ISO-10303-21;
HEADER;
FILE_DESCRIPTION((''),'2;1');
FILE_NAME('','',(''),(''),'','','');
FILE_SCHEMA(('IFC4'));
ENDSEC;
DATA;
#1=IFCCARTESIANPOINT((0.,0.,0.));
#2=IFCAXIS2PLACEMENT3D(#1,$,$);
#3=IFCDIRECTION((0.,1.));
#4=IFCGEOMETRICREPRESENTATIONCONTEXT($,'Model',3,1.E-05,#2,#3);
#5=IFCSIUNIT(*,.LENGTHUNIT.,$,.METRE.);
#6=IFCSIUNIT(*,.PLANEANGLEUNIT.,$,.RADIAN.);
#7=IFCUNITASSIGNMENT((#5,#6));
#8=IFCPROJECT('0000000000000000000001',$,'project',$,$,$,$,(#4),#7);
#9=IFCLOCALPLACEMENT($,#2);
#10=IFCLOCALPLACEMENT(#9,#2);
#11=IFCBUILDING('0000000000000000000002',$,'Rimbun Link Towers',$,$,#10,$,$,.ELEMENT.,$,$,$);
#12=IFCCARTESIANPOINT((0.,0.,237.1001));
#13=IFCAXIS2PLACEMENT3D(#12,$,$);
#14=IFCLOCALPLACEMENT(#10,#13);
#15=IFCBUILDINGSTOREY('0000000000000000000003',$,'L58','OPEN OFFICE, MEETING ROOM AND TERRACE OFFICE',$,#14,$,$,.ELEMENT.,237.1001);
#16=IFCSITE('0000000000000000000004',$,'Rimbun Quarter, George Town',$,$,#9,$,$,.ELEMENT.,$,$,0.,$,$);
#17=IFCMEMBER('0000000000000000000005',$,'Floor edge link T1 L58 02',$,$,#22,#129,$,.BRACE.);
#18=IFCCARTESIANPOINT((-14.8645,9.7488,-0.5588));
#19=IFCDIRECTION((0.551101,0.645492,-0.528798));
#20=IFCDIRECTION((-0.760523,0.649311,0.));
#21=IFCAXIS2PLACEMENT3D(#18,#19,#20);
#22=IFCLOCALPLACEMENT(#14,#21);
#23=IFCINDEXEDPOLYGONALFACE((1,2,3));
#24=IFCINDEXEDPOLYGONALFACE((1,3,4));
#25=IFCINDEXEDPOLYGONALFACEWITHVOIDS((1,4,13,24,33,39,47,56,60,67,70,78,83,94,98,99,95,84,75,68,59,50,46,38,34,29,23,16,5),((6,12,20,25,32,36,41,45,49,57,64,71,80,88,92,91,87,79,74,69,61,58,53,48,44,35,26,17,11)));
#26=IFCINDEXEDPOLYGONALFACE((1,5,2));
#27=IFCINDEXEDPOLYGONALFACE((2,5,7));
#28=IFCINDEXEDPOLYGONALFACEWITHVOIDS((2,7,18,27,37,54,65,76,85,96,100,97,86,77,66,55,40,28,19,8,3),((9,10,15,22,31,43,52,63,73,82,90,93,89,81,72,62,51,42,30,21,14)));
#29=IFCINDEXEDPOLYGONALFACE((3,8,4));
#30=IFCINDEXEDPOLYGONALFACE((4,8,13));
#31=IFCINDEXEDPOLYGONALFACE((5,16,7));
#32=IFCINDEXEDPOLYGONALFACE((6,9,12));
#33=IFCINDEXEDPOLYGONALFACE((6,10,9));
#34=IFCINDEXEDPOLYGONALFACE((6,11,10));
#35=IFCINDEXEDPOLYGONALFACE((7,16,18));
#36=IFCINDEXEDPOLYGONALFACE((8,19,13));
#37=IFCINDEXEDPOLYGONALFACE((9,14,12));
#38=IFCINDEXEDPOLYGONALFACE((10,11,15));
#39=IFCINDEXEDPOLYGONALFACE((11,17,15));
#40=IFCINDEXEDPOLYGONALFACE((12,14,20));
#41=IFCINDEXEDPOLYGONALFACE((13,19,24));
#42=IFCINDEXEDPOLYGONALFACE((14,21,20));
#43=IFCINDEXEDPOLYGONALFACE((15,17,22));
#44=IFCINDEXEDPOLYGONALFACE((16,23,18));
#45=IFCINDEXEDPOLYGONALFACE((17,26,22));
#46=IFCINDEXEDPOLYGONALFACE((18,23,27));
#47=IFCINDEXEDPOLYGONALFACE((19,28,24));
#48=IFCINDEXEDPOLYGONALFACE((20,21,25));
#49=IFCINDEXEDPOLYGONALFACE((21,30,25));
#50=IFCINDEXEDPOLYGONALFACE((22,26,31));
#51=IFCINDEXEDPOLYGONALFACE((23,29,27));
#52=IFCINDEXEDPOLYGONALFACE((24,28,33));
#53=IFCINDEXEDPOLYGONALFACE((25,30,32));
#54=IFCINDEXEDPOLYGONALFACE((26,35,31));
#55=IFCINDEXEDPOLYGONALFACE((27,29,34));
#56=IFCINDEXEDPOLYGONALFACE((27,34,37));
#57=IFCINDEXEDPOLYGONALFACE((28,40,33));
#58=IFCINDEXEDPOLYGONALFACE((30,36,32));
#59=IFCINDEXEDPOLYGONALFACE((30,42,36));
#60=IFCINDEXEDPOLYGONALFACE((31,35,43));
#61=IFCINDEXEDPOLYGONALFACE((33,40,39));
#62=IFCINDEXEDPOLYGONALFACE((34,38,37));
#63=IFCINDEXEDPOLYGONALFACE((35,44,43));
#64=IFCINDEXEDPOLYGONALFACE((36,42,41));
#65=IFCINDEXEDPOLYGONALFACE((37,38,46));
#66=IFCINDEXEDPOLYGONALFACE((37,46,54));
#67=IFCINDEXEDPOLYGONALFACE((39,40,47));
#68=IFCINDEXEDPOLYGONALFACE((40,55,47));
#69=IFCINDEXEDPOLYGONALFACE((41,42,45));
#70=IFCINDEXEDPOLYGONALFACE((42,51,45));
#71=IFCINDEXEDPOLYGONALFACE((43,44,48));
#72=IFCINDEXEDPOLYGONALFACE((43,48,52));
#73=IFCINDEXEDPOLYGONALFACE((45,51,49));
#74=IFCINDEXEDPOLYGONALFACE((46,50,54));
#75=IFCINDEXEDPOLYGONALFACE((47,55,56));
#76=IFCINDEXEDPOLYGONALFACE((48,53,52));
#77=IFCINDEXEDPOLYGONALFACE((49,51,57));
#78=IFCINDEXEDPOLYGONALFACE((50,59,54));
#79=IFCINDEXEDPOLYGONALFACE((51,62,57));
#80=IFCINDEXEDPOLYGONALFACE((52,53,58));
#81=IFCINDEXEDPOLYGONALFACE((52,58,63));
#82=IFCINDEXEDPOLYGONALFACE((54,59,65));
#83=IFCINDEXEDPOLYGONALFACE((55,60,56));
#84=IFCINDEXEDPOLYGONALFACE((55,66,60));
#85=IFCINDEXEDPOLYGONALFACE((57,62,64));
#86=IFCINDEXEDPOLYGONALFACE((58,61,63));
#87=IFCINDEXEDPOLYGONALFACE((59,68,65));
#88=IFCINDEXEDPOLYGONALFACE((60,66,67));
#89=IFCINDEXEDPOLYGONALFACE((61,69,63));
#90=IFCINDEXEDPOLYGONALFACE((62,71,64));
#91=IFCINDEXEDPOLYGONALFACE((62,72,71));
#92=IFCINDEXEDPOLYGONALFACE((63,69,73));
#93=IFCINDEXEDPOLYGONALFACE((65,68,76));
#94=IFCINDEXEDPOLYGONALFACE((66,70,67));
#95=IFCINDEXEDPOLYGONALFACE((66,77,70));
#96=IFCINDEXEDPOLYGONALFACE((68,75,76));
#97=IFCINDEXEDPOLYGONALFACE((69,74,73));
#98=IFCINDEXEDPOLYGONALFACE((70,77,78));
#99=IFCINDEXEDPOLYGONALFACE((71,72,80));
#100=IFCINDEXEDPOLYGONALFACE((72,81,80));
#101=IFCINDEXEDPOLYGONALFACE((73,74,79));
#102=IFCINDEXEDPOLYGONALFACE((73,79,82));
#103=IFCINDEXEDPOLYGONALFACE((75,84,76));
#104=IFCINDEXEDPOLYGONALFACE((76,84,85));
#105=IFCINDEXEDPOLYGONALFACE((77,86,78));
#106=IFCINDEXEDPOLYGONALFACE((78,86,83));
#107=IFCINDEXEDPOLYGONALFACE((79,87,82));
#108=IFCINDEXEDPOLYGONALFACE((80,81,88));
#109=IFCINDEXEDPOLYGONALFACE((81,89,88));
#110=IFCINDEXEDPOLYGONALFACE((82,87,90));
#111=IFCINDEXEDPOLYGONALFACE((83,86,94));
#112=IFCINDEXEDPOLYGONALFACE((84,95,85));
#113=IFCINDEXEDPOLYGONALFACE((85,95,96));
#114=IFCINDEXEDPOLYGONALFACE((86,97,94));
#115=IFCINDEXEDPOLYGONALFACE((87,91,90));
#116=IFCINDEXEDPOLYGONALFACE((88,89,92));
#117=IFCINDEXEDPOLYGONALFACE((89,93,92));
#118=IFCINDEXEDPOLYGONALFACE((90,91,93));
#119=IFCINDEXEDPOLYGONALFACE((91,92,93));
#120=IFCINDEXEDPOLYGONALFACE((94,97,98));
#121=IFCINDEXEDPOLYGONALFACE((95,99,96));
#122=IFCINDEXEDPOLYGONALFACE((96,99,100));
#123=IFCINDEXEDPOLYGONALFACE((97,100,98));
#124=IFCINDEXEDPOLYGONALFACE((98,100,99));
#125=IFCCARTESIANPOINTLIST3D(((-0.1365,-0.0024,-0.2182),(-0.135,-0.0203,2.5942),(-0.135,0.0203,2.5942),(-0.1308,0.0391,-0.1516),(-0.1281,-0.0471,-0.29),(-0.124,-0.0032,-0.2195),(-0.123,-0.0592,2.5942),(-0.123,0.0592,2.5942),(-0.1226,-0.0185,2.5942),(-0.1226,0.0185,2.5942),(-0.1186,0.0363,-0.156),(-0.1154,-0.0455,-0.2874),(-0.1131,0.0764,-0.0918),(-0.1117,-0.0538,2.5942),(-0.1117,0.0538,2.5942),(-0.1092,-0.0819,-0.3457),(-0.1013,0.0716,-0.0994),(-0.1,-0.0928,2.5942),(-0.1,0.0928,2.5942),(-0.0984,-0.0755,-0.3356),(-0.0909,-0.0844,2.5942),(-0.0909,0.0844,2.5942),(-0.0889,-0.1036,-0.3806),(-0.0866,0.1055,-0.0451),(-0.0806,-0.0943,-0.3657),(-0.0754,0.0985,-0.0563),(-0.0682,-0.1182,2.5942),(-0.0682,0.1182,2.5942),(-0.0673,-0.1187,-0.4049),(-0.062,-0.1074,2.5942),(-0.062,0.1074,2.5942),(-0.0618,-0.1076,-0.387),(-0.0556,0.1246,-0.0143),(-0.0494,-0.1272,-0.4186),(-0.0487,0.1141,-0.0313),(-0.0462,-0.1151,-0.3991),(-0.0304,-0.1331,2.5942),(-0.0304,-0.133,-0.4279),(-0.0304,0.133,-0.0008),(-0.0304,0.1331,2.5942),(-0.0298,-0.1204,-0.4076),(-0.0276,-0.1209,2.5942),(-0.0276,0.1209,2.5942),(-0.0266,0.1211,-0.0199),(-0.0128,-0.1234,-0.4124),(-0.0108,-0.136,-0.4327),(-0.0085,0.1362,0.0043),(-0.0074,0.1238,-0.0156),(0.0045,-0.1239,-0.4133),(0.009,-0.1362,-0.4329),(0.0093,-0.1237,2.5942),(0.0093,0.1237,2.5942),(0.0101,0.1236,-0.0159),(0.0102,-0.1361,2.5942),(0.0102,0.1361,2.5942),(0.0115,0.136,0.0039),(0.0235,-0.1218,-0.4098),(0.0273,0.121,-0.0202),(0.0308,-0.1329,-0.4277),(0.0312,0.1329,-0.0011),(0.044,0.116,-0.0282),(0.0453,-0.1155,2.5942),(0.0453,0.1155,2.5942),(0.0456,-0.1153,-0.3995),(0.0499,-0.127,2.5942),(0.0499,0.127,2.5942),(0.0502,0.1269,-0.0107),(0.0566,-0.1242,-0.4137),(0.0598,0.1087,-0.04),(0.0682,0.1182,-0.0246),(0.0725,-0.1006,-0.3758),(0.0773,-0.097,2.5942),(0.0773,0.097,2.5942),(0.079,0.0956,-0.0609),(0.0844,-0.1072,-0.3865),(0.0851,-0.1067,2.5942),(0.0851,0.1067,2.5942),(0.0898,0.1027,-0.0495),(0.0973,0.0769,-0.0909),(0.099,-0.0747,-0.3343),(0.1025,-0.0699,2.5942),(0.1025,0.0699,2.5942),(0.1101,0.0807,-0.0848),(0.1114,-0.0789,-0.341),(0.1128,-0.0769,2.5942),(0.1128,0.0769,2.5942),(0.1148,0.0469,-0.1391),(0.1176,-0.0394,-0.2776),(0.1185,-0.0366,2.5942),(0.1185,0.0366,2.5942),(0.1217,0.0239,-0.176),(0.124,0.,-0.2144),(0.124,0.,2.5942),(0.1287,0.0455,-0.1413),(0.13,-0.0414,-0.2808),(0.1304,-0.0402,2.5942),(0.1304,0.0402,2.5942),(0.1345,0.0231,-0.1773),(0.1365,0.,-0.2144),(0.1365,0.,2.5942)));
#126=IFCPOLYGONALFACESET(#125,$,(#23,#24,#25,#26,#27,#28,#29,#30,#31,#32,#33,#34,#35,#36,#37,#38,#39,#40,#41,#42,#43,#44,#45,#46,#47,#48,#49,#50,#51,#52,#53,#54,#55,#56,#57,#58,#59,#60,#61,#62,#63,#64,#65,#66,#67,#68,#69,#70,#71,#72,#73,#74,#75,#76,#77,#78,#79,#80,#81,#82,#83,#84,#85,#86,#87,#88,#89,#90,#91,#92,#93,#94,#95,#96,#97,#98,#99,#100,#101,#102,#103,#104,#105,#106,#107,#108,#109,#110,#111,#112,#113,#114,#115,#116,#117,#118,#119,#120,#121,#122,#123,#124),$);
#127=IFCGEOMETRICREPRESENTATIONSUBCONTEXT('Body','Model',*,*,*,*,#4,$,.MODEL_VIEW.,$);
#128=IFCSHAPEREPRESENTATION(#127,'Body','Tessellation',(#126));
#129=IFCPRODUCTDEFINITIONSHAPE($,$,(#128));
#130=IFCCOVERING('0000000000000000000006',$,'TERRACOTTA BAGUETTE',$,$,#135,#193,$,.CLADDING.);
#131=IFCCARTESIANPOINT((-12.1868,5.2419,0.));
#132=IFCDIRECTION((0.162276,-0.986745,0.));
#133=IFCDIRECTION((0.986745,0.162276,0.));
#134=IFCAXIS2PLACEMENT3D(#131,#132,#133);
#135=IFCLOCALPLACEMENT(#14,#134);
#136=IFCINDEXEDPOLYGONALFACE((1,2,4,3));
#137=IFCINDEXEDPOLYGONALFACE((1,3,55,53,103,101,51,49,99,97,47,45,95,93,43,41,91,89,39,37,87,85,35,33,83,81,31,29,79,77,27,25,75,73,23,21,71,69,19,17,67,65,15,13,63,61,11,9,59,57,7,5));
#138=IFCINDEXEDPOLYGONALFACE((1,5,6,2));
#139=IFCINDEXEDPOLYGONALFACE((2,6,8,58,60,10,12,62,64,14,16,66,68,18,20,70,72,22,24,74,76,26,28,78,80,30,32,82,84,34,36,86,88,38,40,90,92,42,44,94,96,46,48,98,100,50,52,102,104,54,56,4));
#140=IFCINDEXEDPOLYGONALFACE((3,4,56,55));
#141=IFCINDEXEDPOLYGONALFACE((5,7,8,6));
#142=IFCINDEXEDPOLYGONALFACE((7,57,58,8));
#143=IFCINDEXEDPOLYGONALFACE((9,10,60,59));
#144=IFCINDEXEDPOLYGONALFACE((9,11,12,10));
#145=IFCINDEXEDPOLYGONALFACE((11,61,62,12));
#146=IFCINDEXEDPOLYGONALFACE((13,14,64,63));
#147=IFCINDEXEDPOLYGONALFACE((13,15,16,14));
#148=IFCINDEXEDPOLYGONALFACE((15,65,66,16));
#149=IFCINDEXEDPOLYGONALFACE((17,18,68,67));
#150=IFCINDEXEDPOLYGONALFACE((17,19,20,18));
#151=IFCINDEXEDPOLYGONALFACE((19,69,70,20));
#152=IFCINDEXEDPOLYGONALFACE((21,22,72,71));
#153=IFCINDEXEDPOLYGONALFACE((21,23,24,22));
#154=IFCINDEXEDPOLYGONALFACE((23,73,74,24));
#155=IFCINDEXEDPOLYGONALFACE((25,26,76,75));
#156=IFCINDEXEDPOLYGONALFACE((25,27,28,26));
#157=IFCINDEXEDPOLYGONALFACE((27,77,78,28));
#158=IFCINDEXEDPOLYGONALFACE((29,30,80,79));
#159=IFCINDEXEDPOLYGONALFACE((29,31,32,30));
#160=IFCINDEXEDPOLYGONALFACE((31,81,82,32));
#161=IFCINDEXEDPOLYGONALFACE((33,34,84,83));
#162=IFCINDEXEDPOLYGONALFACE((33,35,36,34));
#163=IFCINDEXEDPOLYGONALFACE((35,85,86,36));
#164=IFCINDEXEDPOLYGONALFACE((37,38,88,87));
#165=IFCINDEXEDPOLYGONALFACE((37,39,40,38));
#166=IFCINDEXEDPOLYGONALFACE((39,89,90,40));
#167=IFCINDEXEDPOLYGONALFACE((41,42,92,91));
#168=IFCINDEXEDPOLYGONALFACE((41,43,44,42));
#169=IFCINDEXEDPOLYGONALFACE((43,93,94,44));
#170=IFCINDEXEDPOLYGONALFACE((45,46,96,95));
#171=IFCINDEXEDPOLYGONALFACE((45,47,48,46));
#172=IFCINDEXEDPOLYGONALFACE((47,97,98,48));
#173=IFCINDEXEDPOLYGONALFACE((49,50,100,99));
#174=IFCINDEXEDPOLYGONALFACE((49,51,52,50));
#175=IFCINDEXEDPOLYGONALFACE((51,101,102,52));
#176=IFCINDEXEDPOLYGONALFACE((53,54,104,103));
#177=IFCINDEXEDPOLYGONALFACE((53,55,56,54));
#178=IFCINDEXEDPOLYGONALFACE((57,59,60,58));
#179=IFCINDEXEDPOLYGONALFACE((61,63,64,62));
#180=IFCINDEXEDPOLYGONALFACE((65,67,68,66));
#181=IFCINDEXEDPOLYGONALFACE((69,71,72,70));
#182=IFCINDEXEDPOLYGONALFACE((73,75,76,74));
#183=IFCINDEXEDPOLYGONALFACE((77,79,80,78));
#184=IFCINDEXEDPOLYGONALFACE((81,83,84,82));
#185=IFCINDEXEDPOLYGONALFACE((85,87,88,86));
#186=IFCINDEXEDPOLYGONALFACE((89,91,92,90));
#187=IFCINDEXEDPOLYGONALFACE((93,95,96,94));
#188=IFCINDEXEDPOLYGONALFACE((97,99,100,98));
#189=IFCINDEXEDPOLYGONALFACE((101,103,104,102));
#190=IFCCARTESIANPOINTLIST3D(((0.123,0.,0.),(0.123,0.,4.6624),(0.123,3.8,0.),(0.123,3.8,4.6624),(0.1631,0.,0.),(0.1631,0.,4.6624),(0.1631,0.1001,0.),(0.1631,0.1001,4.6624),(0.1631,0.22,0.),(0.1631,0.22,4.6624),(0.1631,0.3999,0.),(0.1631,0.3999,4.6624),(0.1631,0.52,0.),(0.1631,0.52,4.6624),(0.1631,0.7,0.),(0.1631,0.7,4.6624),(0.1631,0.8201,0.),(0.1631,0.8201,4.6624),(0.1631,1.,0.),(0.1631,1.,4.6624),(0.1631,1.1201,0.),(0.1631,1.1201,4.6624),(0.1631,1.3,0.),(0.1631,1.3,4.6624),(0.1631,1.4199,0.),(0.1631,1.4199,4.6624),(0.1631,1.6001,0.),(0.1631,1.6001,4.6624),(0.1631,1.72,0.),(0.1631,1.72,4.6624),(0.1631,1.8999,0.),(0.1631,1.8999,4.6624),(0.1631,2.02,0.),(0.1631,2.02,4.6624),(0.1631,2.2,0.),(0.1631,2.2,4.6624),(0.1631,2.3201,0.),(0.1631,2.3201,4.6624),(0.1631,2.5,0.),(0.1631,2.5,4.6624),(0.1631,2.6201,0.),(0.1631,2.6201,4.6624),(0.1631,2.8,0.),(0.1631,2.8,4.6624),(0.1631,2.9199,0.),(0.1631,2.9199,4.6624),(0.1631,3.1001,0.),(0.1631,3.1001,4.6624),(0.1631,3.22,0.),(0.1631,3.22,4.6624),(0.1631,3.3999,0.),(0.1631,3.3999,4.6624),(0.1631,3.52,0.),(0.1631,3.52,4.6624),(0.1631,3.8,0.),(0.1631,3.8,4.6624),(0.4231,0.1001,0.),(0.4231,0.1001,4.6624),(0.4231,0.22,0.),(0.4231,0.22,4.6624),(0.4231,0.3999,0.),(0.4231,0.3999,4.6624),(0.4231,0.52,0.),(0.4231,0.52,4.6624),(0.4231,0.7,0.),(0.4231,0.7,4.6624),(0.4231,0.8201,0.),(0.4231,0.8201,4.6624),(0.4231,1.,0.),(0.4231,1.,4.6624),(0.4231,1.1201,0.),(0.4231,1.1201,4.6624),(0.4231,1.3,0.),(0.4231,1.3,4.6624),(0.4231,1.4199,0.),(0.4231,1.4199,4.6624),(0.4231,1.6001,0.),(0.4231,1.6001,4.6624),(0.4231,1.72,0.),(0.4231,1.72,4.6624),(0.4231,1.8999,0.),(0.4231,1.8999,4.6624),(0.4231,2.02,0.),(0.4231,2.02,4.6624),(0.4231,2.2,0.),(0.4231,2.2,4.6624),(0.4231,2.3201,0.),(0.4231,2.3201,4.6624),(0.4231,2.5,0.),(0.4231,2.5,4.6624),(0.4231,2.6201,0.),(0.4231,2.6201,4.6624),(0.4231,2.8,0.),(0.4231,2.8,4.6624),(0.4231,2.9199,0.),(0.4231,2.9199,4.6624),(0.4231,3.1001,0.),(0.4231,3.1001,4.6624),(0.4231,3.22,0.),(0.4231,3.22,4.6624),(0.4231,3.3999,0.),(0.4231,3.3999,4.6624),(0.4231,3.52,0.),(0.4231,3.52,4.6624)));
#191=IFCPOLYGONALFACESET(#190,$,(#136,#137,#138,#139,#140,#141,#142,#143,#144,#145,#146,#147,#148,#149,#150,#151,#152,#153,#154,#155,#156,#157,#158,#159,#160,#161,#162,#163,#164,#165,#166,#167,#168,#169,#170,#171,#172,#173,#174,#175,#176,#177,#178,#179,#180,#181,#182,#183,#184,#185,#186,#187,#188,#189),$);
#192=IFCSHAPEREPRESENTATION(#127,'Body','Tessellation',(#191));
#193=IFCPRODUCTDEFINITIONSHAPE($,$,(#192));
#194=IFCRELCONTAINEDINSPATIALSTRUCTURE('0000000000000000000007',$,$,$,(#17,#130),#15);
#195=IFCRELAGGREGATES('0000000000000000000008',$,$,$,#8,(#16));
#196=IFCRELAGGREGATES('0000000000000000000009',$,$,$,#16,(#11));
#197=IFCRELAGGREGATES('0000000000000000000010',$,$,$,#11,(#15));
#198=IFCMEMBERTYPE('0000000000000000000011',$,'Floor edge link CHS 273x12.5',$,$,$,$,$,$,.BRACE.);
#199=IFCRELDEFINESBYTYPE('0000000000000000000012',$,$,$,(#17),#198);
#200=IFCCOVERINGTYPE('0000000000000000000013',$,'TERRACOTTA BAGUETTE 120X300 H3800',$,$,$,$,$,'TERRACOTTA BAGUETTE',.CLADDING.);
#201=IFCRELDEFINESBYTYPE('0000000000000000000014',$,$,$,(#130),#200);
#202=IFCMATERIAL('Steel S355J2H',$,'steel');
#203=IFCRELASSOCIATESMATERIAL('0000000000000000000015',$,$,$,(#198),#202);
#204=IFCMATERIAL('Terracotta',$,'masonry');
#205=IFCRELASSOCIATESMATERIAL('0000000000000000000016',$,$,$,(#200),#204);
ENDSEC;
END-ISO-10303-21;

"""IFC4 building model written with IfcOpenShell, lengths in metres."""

from ifc_helpers import new_model, si_unit, direction, frame, origin, origin_2d, place, context, subcontext, project, spatial, polyline, hollow_circle, outline, extrude, clip, halfspace, material, material_profile, profile_set, type_object, element, save


model = new_model("IFC4")

# Units and contexts
model_context = context("Model", 3, precision=1e-05, world=origin(), true_north=direction((0.0, 1.0)))
body_context = subcontext(model_context, "Body", "Model", "MODEL_VIEW")
ifc_project = project(units=[si_unit("LENGTHUNIT", "METRE"), si_unit("PLANEANGLEUNIT", "RADIAN")], contexts=[model_context])

# Site, building, storey
site_placement = place(None, origin())
site = spatial("IfcSite", under=ifc_project, at=site_placement, Name="Rimbun Quarter, George Town", CompositionType="ELEMENT", RefElevation=0.0)
building_placement = place(site_placement, origin())
building = spatial("IfcBuilding", under=site, at=building_placement, Name="Rimbun Link Towers", CompositionType="ELEMENT")
storey_placement = place(building_placement, frame((0.0, 0.0, 237.1001)))
storey = spatial("IfcBuildingStorey", under=building, at=storey_placement, Name="L58", Description="OPEN OFFICE, MEETING ROOM AND TERRACE OFFICE", CompositionType="ELEMENT", Elevation=237.1001)

# Member
ifc_material_1 = material(Name="Steel S355J2H", Category="steel")
ifc_material_profile_1 = material_profile(ifc_material_1, hollow_circle(Radius=0.1365, WallThickness=0.0125, at=origin_2d()), Name="CHS 273x12.5")
ifc_profile_set_1 = profile_set([ifc_material_profile_1], Name="Steel S355J2H")
member_type_1 = type_object("IfcMemberType", Name="Floor edge link CHS 273x12.5", PredefinedType="BRACE", material=ifc_profile_set_1)
member_1_placement = place(storey_placement, frame((-14.8645, 9.7488, -0.5588), z_axis=(0.551101, 0.645492, -0.528798), x_axis=(-0.760523, 0.649311, 0.0)))
element("IfcMember", 1, at=member_1_placement, inside=storey, type_object=member_type_1, Name="Floor edge link T1 L58 02", PredefinedType="BRACE", context=body_context, shape_type="Clipping", body=[
    clip(extrude(hollow_circle(Radius=0.1365, WallThickness=0.0125, at=origin_2d()), frame((0.0, 0.0, -0.4573)), (0.0, 0.0, 1.0), 3.0515), halfspace(frame((0.0, 0.0, -0.2144), z_axis=(0.0, 0.848748, -0.528798)), False)),
])

# Covering
ifc_material_2 = material(Name="Terracotta", Category="masonry")
ifc_material_profile_2 = material_profile(ifc_material_2, outline(polyline([(0.123, 0.0), (0.1631, 0.0), (0.1631, 0.1001), (0.4231, 0.1001), (0.4231, 0.22), (0.1631, 0.22), (0.1631, 0.3999), (0.4231, 0.3999), (0.4231, 0.52), (0.1631, 0.52), (0.1631, 0.7), (0.4231, 0.7), (0.4231, 0.8201), (0.1631, 0.8201), (0.1631, 1.0), (0.4231, 1.0), (0.4231, 1.1201), (0.1631, 1.1201), (0.1631, 1.3), (0.4231, 1.3), (0.4231, 1.4199), (0.1631, 1.4199), (0.1631, 1.6001), (0.4231, 1.6001), (0.4231, 1.72), (0.1631, 1.72), (0.1631, 1.8999), (0.4231, 1.8999), (0.4231, 2.02), (0.1631, 2.02), (0.1631, 2.2), (0.4231, 2.2), (0.4231, 2.3201), (0.1631, 2.3201), (0.1631, 2.5), (0.4231, 2.5), (0.4231, 2.6201), (0.1631, 2.6201), (0.1631, 2.8), (0.4231, 2.8), (0.4231, 2.9199), (0.1631, 2.9199), (0.1631, 3.1001), (0.4231, 3.1001), (0.4231, 3.22), (0.1631, 3.22), (0.1631, 3.3999), (0.4231, 3.3999), (0.4231, 3.52), (0.1631, 3.52), (0.1631, 3.8), (0.123, 3.8), (0.123, 0.0)])), Name="BAGUETTE 120X300")
ifc_profile_set_2 = profile_set([ifc_material_profile_2], Name="Terracotta")
covering_type = type_object("IfcCoveringType", Name="TERRACOTTA BAGUETTE 120X300 H3800", ElementType="TERRACOTTA BAGUETTE", PredefinedType="CLADDING", material=ifc_profile_set_2)
covering_1_placement = place(storey_placement, frame((-12.1868, 5.2419, 0.0), z_axis=(0.162276, -0.986745, 0.0), x_axis=(0.986745, 0.162276, 0.0)))
element("IfcCovering", 2, at=covering_1_placement, inside=storey, type_object=covering_type, Name="TERRACOTTA BAGUETTE", PredefinedType="CLADDING", context=body_context, shape_type="SweptSolid", body=[
    extrude(outline(polyline([(0.123, 0.0), (0.1631, 0.0), (0.1631, 0.1001), (0.4231, 0.1001), (0.4231, 0.22), (0.1631, 0.22), (0.1631, 0.3999), (0.4231, 0.3999), (0.4231, 0.52), (0.1631, 0.52), (0.1631, 0.7), (0.4231, 0.7), (0.4231, 0.8201), (0.1631, 0.8201), (0.1631, 1.0), (0.4231, 1.0), (0.4231, 1.1201), (0.1631, 1.1201), (0.1631, 1.3), (0.4231, 1.3), (0.4231, 1.4199), (0.1631, 1.4199), (0.1631, 1.6001), (0.4231, 1.6001), (0.4231, 1.72), (0.1631, 1.72), (0.1631, 1.8999), (0.4231, 1.8999), (0.4231, 2.02), (0.1631, 2.02), (0.1631, 2.2), (0.4231, 2.2), (0.4231, 2.3201), (0.1631, 2.3201), (0.1631, 2.5), (0.4231, 2.5), (0.4231, 2.6201), (0.1631, 2.6201), (0.1631, 2.8), (0.4231, 2.8), (0.4231, 2.9199), (0.1631, 2.9199), (0.1631, 3.1001), (0.4231, 3.1001), (0.4231, 3.22), (0.1631, 3.22), (0.1631, 3.3999), (0.4231, 3.3999), (0.4231, 3.52), (0.1631, 3.52), (0.1631, 3.8), (0.123, 3.8), (0.123, 0.0)])), origin(), (0.0, 0.0, 1.0), 4.6624),
])

save(model, "model.ifc")
